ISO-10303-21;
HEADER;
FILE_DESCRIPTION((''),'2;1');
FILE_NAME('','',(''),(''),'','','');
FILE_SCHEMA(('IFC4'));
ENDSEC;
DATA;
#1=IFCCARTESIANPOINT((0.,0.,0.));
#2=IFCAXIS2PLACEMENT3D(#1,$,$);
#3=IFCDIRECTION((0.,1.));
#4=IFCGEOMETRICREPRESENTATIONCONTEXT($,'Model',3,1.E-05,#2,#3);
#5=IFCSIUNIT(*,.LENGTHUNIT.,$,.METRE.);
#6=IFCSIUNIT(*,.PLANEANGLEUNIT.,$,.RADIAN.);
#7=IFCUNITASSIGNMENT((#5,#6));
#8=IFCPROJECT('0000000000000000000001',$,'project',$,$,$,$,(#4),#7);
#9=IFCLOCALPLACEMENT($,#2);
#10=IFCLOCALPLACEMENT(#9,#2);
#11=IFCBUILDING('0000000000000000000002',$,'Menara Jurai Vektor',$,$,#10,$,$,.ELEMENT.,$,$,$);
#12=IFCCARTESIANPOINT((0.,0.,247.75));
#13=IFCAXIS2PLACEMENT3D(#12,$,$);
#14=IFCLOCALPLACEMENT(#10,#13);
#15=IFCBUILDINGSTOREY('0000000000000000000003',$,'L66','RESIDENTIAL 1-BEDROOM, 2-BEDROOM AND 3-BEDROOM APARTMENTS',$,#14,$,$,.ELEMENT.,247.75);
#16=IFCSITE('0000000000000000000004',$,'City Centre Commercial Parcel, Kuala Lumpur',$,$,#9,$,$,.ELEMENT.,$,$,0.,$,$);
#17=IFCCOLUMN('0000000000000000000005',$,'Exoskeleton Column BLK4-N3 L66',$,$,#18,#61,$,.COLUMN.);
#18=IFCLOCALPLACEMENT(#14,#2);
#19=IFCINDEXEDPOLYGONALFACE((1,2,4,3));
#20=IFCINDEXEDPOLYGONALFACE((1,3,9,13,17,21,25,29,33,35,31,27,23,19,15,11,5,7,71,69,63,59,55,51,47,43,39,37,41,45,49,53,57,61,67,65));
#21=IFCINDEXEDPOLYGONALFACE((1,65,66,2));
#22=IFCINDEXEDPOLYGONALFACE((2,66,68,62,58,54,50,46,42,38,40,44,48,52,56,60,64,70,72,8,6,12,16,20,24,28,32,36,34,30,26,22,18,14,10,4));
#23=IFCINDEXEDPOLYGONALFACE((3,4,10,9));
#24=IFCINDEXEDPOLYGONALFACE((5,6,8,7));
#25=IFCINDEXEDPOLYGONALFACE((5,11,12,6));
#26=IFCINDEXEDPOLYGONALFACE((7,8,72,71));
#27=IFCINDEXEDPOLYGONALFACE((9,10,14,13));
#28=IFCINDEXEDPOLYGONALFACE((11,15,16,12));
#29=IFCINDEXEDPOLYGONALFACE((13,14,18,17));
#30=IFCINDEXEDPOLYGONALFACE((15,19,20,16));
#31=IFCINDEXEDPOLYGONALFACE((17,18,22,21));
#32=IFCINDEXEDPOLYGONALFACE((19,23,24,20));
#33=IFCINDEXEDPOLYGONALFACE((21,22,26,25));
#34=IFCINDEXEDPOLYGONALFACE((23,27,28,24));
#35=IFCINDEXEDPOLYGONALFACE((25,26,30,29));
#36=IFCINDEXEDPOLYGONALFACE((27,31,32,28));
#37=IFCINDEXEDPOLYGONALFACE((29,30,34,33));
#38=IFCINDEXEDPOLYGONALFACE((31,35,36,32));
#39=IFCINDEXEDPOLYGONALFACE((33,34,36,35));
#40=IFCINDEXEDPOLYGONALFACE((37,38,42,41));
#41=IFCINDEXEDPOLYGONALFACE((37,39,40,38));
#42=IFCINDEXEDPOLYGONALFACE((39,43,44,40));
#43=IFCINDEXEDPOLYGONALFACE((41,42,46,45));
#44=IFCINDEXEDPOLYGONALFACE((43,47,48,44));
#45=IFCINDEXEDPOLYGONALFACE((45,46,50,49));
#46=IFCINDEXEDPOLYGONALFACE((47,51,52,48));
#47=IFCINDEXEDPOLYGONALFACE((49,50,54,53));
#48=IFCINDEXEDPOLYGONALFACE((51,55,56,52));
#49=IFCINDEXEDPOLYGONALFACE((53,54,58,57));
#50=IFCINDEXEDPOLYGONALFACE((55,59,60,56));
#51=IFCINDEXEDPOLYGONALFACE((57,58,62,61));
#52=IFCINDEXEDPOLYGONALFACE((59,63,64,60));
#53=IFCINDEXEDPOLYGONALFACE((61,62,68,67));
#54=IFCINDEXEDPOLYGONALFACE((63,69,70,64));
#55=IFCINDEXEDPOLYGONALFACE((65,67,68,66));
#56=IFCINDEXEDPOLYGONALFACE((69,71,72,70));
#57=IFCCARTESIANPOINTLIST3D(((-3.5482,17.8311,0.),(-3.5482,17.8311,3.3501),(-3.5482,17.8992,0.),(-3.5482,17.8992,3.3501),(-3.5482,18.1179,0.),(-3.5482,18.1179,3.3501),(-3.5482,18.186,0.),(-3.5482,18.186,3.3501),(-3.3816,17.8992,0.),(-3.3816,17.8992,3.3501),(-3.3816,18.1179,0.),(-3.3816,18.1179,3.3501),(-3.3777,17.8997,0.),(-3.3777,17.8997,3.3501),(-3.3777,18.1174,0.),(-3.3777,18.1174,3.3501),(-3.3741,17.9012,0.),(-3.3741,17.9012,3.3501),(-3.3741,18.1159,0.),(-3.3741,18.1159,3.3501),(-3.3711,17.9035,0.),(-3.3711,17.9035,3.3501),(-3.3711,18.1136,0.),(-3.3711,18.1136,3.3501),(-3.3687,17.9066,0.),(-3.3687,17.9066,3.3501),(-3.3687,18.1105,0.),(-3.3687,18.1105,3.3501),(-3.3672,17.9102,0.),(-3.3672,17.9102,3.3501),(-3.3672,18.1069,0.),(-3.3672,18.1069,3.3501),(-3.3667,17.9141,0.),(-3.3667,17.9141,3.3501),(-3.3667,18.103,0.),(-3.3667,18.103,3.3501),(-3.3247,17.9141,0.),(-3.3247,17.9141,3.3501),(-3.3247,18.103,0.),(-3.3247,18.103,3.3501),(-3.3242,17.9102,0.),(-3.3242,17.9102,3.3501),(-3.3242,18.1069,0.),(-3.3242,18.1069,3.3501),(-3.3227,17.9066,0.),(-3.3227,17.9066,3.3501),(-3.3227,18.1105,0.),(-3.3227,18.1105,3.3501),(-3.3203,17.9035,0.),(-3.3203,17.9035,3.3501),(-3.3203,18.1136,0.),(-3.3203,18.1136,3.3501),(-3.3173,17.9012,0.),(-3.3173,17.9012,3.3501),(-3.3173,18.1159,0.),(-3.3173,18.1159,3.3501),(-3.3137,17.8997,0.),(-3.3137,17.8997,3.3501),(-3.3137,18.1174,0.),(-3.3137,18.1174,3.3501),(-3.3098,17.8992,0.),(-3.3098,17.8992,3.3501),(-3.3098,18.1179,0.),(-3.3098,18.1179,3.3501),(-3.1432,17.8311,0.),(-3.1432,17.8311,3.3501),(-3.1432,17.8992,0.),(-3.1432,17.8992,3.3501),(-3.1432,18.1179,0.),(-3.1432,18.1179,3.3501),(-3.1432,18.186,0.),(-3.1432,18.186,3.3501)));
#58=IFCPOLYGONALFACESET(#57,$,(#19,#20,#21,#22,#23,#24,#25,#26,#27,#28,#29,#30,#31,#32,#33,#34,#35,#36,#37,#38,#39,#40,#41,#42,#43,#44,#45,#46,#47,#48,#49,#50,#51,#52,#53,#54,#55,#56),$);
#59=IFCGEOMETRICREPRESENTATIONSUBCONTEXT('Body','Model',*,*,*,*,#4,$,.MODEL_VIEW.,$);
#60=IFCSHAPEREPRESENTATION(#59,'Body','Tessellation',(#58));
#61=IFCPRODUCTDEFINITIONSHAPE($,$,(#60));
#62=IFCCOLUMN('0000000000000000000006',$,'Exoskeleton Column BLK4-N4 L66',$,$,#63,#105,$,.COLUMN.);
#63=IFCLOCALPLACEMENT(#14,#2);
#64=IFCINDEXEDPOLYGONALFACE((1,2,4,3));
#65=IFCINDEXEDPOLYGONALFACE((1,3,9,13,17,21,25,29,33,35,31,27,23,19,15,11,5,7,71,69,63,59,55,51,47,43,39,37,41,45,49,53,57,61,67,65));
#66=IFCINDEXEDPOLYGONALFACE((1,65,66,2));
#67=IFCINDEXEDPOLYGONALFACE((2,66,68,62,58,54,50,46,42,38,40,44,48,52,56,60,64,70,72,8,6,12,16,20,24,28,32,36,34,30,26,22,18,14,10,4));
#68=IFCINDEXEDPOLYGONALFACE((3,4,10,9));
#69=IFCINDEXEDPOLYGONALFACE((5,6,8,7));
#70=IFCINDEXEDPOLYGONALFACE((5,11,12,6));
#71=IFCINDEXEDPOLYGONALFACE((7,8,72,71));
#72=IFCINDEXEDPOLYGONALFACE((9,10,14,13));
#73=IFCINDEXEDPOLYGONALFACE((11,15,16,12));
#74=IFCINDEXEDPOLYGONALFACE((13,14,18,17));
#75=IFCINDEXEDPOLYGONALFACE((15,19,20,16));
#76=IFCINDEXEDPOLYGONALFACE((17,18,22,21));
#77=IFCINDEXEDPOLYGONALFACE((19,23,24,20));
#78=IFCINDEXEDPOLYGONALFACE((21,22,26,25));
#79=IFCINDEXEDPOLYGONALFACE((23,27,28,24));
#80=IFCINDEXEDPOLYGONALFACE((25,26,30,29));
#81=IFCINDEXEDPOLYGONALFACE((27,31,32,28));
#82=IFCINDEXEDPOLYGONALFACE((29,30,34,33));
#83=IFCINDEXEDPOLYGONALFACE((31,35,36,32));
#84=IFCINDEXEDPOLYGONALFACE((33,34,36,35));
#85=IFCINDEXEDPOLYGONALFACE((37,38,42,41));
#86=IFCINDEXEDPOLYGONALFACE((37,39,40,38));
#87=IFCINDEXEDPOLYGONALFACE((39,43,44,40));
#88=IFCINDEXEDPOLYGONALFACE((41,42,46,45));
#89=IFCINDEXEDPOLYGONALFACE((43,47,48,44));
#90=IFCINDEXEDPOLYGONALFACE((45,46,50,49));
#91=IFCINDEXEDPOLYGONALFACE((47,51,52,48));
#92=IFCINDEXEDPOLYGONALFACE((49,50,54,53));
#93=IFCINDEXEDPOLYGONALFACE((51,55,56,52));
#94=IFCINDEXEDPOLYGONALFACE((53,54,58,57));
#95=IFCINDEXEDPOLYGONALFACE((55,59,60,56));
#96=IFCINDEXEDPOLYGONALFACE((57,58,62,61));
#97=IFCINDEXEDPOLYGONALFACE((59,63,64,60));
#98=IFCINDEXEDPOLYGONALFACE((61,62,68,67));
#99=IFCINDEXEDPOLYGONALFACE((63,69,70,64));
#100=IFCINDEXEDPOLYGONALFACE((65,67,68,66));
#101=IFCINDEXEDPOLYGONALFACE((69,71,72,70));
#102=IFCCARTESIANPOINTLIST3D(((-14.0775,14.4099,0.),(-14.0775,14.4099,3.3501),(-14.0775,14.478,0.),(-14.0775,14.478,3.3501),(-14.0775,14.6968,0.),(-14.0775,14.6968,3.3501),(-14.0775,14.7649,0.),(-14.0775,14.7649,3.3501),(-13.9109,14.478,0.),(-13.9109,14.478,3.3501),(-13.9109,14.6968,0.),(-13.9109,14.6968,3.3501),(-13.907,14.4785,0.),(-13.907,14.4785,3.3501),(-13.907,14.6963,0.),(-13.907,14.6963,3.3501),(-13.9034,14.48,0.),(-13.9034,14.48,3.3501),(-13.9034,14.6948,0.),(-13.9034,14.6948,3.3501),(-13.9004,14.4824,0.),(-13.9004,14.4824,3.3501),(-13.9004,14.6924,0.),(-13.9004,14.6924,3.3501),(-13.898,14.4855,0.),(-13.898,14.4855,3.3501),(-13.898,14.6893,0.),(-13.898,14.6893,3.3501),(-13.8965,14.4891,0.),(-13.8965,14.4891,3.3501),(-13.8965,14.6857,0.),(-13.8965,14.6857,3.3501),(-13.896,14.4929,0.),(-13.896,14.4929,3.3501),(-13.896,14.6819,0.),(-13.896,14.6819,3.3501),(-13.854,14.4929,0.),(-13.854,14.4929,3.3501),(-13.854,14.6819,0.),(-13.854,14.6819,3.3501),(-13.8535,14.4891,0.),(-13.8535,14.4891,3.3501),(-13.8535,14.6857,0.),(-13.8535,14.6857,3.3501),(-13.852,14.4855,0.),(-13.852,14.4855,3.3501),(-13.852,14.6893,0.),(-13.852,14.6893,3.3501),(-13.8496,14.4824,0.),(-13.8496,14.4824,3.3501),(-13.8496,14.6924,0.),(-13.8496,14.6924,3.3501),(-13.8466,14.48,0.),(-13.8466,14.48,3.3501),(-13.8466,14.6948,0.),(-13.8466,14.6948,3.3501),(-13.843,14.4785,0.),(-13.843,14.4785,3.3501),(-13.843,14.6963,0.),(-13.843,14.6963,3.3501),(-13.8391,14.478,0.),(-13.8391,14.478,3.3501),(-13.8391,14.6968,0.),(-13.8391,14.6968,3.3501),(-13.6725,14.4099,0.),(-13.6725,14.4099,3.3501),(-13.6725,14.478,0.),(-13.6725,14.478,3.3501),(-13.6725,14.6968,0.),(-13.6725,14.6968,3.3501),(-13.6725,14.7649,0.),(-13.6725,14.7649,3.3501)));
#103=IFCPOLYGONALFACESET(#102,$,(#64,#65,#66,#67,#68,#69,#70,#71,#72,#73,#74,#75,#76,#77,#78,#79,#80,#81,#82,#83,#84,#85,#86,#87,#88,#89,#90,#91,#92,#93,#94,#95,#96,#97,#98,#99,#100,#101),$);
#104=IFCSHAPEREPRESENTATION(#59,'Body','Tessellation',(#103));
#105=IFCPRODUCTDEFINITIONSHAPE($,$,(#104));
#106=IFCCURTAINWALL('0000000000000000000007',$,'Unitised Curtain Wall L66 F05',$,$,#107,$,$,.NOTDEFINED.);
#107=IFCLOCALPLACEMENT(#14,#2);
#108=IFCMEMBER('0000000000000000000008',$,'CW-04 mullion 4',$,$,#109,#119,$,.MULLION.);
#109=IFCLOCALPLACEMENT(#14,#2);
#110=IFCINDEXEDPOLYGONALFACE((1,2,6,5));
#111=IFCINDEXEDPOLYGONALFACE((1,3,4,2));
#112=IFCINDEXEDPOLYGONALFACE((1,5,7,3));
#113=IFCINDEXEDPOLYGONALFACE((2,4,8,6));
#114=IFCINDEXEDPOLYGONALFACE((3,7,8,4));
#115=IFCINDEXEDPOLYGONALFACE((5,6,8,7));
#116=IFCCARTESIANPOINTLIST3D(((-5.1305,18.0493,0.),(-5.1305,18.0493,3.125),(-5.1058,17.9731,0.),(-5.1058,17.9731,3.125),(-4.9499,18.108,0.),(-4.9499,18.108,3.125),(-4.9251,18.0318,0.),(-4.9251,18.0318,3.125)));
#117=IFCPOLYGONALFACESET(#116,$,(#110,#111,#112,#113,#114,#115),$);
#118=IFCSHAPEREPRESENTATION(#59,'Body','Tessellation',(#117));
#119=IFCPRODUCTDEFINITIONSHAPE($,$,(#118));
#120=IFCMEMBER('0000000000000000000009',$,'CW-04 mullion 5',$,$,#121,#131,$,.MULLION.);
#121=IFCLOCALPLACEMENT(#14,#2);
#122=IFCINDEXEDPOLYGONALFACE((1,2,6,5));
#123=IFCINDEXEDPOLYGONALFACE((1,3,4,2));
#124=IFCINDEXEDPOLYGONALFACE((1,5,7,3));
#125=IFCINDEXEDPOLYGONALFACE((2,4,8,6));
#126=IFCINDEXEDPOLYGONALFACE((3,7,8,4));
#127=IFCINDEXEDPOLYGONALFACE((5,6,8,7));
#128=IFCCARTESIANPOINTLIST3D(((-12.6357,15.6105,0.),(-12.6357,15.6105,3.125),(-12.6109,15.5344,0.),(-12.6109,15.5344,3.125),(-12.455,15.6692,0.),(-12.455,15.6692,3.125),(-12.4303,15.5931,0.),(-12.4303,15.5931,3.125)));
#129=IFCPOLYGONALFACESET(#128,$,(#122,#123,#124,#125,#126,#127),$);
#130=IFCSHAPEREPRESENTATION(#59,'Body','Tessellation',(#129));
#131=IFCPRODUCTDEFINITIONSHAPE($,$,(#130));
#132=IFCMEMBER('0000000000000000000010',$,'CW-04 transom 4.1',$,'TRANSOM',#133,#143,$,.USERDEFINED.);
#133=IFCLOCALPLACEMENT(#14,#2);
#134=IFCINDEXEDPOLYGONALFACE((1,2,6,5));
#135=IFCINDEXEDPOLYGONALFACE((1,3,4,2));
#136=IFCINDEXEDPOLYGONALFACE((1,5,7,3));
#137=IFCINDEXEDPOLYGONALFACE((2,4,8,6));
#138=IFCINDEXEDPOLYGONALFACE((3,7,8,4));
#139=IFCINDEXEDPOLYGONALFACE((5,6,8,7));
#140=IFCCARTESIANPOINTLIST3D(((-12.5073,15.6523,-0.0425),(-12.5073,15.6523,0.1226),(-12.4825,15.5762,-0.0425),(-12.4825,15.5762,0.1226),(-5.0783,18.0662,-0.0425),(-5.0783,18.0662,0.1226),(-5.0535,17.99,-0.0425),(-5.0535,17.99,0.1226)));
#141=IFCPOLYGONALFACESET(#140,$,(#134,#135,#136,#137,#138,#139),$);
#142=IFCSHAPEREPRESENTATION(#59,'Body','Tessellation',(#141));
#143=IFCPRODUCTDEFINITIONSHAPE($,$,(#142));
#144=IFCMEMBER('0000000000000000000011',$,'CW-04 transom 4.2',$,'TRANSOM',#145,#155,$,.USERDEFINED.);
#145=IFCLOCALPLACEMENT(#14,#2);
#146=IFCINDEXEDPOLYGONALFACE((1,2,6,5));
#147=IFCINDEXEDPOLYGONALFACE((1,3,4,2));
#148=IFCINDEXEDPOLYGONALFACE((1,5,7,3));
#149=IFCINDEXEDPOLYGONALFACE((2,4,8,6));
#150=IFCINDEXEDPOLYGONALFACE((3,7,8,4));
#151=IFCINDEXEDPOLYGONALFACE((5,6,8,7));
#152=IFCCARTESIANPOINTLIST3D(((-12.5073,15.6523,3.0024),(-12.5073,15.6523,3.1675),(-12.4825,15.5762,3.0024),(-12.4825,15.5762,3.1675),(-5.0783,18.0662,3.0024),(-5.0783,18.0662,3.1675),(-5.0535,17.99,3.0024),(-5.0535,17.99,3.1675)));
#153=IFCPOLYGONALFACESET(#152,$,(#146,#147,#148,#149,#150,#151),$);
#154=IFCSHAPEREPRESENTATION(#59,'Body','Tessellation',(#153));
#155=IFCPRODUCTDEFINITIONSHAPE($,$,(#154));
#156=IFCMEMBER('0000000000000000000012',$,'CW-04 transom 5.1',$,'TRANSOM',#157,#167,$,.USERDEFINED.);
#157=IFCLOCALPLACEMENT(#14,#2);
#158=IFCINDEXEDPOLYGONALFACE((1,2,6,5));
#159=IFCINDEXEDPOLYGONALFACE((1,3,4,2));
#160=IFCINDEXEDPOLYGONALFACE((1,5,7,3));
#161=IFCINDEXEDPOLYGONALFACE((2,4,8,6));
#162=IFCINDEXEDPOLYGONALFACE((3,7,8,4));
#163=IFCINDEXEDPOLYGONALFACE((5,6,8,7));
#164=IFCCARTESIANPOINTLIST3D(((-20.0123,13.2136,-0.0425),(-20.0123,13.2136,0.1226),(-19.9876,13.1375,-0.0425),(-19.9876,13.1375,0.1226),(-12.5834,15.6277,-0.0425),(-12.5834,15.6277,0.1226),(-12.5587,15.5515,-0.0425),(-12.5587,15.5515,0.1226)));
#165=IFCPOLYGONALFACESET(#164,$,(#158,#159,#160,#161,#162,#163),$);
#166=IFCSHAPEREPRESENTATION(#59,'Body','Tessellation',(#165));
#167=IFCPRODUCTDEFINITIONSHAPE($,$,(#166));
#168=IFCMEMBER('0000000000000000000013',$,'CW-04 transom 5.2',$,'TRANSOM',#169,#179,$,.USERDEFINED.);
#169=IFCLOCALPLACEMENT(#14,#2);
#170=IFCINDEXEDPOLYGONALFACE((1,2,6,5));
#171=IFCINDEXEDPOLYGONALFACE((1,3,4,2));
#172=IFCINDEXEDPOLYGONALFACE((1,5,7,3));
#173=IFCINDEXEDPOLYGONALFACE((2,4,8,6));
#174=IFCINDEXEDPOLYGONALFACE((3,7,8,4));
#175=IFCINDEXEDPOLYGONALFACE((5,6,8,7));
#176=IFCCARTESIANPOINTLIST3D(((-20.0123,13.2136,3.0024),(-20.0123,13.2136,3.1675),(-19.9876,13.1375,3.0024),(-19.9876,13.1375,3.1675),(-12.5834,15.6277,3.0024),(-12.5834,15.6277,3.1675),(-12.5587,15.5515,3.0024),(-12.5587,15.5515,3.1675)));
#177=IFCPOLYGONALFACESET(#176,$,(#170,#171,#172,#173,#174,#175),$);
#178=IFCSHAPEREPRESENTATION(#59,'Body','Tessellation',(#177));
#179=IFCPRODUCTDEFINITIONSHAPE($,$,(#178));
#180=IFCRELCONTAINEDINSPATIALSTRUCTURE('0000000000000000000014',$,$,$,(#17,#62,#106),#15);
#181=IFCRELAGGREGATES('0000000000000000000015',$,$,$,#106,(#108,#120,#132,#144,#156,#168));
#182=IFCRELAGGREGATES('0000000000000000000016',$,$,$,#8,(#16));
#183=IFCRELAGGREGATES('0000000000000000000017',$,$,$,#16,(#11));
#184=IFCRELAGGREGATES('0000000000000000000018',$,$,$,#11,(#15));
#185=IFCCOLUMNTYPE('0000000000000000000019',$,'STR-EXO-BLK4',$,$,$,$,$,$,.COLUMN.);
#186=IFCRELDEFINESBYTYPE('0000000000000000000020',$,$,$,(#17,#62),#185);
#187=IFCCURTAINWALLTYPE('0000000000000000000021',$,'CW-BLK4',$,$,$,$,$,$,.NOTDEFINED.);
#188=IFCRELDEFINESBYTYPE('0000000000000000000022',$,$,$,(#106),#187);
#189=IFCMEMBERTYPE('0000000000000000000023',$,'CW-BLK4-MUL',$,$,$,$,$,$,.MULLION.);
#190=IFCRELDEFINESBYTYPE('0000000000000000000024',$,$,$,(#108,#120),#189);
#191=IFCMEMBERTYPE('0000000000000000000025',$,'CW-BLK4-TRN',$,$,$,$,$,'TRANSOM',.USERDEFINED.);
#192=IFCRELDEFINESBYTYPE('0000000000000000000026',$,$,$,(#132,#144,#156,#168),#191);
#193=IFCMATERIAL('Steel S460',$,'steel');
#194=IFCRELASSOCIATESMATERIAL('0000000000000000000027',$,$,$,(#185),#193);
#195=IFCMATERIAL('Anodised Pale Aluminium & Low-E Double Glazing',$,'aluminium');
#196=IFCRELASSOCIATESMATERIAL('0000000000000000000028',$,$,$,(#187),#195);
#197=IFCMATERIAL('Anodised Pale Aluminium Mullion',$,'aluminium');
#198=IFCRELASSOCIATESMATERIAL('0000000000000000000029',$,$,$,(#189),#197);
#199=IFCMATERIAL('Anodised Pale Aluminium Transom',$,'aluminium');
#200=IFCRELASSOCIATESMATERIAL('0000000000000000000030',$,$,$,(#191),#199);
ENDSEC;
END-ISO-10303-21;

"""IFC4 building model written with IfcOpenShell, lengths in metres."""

from ifc_helpers import new_model, si_unit, direction, frame, origin, origin_2d, place, context, subcontext, project, spatial, rectangle, i_section, extrude, material, material_profile, profile_set, type_object, element, aggregate, save


model = new_model("IFC4")

# Units and contexts
model_context = context("Model", 3, precision=1e-05, world=origin(), true_north=direction((0.0, 1.0)))
body_context = subcontext(model_context, "Body", "Model", "MODEL_VIEW")
ifc_project = project(units=[si_unit("LENGTHUNIT", "METRE"), si_unit("PLANEANGLEUNIT", "RADIAN")], contexts=[model_context])

# Site, building, storey
site_placement = place(None, origin())
site = spatial("IfcSite", under=ifc_project, at=site_placement, Name="City Centre Commercial Parcel, Kuala Lumpur", CompositionType="ELEMENT", RefElevation=0.0)
building_placement = place(site_placement, origin())
building = spatial("IfcBuilding", under=site, at=building_placement, Name="Menara Jurai Vektor", CompositionType="ELEMENT")
storey_placement = place(building_placement, frame((0.0, 0.0, 247.75)))
storey = spatial("IfcBuildingStorey", under=building, at=storey_placement, Name="L66", Description="RESIDENTIAL 1-BEDROOM, 2-BEDROOM AND 3-BEDROOM APARTMENTS", CompositionType="ELEMENT", Elevation=247.75)

# Columns
ifc_material_1 = material(Name="Steel S460", Category="steel")
ifc_material_profile_1 = material_profile(ifc_material_1, i_section(OverallWidth=0.405, OverallDepth=0.355, WebThickness=0.042, FlangeThickness=0.0681, FilletRadius=0.0149, at=origin_2d()), Name="HD 400x551")
ifc_profile_set_1 = profile_set([ifc_material_profile_1], Name="Steel S460")
column_type = type_object("IfcColumnType", Name="STR-EXO-BLK4", PredefinedType="COLUMN", material=ifc_profile_set_1)
for number, where, z_axis, x_axis, name in (
    (1, (-3.3457, 18.0085, 0.0), (0.0, 0.0, 1.0), (1.0, 0.0, 0.0), "Exoskeleton Column BLK4-N3 L66"),
    (2, (-13.875, 14.5874, 0.0), (0.0, 0.0, 1.0), (1.0, 0.0, 0.0), "Exoskeleton Column BLK4-N4 L66"),
):
    element("IfcColumn", number, at=place(storey_placement, frame(where, z_axis=z_axis, x_axis=x_axis)), inside=storey, type_object=column_type, Name=name, PredefinedType="COLUMN", context=body_context, shape_type="SweptSolid", body=[
        extrude(i_section(OverallWidth=0.405, OverallDepth=0.355, WebThickness=0.042, FlangeThickness=0.0681, FilletRadius=0.0149, at=origin_2d()), origin(), (0.0, 0.0, 1.0), 3.3501),
    ])

# Curtain wall, members
ifc_material_2 = material(Name="Anodised Pale Aluminium & Low-E Double Glazing", Category="aluminium")
curtain_wall_type = type_object("IfcCurtainWallType", Name="CW-BLK4", PredefinedType="NOTDEFINED", material=ifc_material_2)
curtain_wall_placement = place(storey_placement, origin())
curtain_wall = element("IfcCurtainWall", 3, at=curtain_wall_placement, inside=storey, type_object=curtain_wall_type, Name="Unitised Curtain Wall L66 F05", PredefinedType="NOTDEFINED")
ifc_material_3 = material(Name="Anodised Pale Aluminium Mullion", Category="aluminium")
ifc_material_profile_2 = material_profile(ifc_material_3, rectangle(XDim=0.0801, YDim=0.1899, at=origin_2d()), Name="ALU MUL 80x190")
ifc_profile_set_2 = profile_set([ifc_material_profile_2], Name="Anodised Pale Aluminium Mullion")
member_type_1 = type_object("IfcMemberType", Name="CW-BLK4-MUL", PredefinedType="MULLION", material=ifc_profile_set_2)
member_1_placement = place(storey_placement, frame((-5.0278, 18.0405, 0.0), z_axis=(0.0, 0.0, 1.0), x_axis=(0.309017, -0.951056, 0.0)))
member_1 = element("IfcMember", 4, at=member_1_placement, type_object=member_type_1, Name="CW-04 mullion 4", PredefinedType="MULLION", context=body_context, shape_type="SweptSolid", body=[
    extrude(rectangle(XDim=0.0801, YDim=0.1899, at=origin_2d()), origin(), (0.0, 0.0, 1.0), 3.125),
])
member_2_placement = place(storey_placement, frame((-12.533, 15.6018, 0.0), z_axis=(0.0, 0.0, 1.0), x_axis=(0.309017, -0.951056, 0.0)))
member_2 = element("IfcMember", 5, at=member_2_placement, type_object=member_type_1, Name="CW-04 mullion 5", PredefinedType="MULLION", context=body_context, shape_type="SweptSolid", body=[
    extrude(rectangle(XDim=0.0801, YDim=0.1899, at=origin_2d()), origin(), (0.0, 0.0, 1.0), 3.125),
])
ifc_material_4 = material(Name="Anodised Pale Aluminium Transom", Category="aluminium")
ifc_material_profile_3 = material_profile(ifc_material_4, rectangle(XDim=0.0801, YDim=0.165, at=origin_2d()), Name="ALU TRN 80x165")
ifc_profile_set_3 = profile_set([ifc_material_profile_3], Name="Anodised Pale Aluminium Transom")
member_type_2 = type_object("IfcMemberType", Name="CW-BLK4-TRN", ElementType="TRANSOM", PredefinedType="USERDEFINED", material=ifc_profile_set_3)
member_3_placement = place(storey_placement, frame((-5.0659, 18.0281, 0.04), z_axis=(-0.951056, -0.309018, 0.0), x_axis=(0.309018, -0.951056, 0.0)))
member_3 = element("IfcMember", 6, at=member_3_placement, type_object=member_type_2, Name="CW-04 transom 4.1", ObjectType="TRANSOM", PredefinedType="USERDEFINED", context=body_context, shape_type="SweptSolid", body=[
    extrude(rectangle(XDim=0.0801, YDim=0.165, at=origin_2d()), origin(), (0.0, 0.0, 1.0), 7.8113),
])
member_4_placement = place(storey_placement, frame((-5.0659, 18.0281, 3.085), z_axis=(-0.951056, -0.309018, 0.0), x_axis=(0.309018, -0.951056, 0.0)))
member_4 = element("IfcMember", 7, at=member_4_placement, type_object=member_type_2, Name="CW-04 transom 4.2", ObjectType="TRANSOM", PredefinedType="USERDEFINED", context=body_context, shape_type="SweptSolid", body=[
    extrude(rectangle(XDim=0.0801, YDim=0.165, at=origin_2d()), origin(), (0.0, 0.0, 1.0), 7.8113),
])
member_5_placement = place(storey_placement, frame((-12.571, 15.5896, 0.04), z_axis=(-0.951047, -0.309046, 0.0), x_axis=(0.309046, -0.951047, 0.0)))
member_5 = element("IfcMember", 8, at=member_5_placement, type_object=member_type_2, Name="CW-04 transom 5.1", ObjectType="TRANSOM", PredefinedType="USERDEFINED", context=body_context, shape_type="SweptSolid", body=[
    extrude(rectangle(XDim=0.0801, YDim=0.165, at=origin_2d()), origin(), (0.0, 0.0, 1.0), 7.8113),
])
member_6_placement = place(storey_placement, frame((-12.571, 15.5896, 3.085), z_axis=(-0.951047, -0.309046, 0.0), x_axis=(0.309046, -0.951047, 0.0)))
member_6 = element("IfcMember", 9, at=member_6_placement, type_object=member_type_2, Name="CW-04 transom 5.2", ObjectType="TRANSOM", PredefinedType="USERDEFINED", context=body_context, shape_type="SweptSolid", body=[
    extrude(rectangle(XDim=0.0801, YDim=0.165, at=origin_2d()), origin(), (0.0, 0.0, 1.0), 7.8113),
])

aggregate(curtain_wall, [member_1, member_2, member_3, member_4, member_5, member_6])

save(model, "model.ifc")
